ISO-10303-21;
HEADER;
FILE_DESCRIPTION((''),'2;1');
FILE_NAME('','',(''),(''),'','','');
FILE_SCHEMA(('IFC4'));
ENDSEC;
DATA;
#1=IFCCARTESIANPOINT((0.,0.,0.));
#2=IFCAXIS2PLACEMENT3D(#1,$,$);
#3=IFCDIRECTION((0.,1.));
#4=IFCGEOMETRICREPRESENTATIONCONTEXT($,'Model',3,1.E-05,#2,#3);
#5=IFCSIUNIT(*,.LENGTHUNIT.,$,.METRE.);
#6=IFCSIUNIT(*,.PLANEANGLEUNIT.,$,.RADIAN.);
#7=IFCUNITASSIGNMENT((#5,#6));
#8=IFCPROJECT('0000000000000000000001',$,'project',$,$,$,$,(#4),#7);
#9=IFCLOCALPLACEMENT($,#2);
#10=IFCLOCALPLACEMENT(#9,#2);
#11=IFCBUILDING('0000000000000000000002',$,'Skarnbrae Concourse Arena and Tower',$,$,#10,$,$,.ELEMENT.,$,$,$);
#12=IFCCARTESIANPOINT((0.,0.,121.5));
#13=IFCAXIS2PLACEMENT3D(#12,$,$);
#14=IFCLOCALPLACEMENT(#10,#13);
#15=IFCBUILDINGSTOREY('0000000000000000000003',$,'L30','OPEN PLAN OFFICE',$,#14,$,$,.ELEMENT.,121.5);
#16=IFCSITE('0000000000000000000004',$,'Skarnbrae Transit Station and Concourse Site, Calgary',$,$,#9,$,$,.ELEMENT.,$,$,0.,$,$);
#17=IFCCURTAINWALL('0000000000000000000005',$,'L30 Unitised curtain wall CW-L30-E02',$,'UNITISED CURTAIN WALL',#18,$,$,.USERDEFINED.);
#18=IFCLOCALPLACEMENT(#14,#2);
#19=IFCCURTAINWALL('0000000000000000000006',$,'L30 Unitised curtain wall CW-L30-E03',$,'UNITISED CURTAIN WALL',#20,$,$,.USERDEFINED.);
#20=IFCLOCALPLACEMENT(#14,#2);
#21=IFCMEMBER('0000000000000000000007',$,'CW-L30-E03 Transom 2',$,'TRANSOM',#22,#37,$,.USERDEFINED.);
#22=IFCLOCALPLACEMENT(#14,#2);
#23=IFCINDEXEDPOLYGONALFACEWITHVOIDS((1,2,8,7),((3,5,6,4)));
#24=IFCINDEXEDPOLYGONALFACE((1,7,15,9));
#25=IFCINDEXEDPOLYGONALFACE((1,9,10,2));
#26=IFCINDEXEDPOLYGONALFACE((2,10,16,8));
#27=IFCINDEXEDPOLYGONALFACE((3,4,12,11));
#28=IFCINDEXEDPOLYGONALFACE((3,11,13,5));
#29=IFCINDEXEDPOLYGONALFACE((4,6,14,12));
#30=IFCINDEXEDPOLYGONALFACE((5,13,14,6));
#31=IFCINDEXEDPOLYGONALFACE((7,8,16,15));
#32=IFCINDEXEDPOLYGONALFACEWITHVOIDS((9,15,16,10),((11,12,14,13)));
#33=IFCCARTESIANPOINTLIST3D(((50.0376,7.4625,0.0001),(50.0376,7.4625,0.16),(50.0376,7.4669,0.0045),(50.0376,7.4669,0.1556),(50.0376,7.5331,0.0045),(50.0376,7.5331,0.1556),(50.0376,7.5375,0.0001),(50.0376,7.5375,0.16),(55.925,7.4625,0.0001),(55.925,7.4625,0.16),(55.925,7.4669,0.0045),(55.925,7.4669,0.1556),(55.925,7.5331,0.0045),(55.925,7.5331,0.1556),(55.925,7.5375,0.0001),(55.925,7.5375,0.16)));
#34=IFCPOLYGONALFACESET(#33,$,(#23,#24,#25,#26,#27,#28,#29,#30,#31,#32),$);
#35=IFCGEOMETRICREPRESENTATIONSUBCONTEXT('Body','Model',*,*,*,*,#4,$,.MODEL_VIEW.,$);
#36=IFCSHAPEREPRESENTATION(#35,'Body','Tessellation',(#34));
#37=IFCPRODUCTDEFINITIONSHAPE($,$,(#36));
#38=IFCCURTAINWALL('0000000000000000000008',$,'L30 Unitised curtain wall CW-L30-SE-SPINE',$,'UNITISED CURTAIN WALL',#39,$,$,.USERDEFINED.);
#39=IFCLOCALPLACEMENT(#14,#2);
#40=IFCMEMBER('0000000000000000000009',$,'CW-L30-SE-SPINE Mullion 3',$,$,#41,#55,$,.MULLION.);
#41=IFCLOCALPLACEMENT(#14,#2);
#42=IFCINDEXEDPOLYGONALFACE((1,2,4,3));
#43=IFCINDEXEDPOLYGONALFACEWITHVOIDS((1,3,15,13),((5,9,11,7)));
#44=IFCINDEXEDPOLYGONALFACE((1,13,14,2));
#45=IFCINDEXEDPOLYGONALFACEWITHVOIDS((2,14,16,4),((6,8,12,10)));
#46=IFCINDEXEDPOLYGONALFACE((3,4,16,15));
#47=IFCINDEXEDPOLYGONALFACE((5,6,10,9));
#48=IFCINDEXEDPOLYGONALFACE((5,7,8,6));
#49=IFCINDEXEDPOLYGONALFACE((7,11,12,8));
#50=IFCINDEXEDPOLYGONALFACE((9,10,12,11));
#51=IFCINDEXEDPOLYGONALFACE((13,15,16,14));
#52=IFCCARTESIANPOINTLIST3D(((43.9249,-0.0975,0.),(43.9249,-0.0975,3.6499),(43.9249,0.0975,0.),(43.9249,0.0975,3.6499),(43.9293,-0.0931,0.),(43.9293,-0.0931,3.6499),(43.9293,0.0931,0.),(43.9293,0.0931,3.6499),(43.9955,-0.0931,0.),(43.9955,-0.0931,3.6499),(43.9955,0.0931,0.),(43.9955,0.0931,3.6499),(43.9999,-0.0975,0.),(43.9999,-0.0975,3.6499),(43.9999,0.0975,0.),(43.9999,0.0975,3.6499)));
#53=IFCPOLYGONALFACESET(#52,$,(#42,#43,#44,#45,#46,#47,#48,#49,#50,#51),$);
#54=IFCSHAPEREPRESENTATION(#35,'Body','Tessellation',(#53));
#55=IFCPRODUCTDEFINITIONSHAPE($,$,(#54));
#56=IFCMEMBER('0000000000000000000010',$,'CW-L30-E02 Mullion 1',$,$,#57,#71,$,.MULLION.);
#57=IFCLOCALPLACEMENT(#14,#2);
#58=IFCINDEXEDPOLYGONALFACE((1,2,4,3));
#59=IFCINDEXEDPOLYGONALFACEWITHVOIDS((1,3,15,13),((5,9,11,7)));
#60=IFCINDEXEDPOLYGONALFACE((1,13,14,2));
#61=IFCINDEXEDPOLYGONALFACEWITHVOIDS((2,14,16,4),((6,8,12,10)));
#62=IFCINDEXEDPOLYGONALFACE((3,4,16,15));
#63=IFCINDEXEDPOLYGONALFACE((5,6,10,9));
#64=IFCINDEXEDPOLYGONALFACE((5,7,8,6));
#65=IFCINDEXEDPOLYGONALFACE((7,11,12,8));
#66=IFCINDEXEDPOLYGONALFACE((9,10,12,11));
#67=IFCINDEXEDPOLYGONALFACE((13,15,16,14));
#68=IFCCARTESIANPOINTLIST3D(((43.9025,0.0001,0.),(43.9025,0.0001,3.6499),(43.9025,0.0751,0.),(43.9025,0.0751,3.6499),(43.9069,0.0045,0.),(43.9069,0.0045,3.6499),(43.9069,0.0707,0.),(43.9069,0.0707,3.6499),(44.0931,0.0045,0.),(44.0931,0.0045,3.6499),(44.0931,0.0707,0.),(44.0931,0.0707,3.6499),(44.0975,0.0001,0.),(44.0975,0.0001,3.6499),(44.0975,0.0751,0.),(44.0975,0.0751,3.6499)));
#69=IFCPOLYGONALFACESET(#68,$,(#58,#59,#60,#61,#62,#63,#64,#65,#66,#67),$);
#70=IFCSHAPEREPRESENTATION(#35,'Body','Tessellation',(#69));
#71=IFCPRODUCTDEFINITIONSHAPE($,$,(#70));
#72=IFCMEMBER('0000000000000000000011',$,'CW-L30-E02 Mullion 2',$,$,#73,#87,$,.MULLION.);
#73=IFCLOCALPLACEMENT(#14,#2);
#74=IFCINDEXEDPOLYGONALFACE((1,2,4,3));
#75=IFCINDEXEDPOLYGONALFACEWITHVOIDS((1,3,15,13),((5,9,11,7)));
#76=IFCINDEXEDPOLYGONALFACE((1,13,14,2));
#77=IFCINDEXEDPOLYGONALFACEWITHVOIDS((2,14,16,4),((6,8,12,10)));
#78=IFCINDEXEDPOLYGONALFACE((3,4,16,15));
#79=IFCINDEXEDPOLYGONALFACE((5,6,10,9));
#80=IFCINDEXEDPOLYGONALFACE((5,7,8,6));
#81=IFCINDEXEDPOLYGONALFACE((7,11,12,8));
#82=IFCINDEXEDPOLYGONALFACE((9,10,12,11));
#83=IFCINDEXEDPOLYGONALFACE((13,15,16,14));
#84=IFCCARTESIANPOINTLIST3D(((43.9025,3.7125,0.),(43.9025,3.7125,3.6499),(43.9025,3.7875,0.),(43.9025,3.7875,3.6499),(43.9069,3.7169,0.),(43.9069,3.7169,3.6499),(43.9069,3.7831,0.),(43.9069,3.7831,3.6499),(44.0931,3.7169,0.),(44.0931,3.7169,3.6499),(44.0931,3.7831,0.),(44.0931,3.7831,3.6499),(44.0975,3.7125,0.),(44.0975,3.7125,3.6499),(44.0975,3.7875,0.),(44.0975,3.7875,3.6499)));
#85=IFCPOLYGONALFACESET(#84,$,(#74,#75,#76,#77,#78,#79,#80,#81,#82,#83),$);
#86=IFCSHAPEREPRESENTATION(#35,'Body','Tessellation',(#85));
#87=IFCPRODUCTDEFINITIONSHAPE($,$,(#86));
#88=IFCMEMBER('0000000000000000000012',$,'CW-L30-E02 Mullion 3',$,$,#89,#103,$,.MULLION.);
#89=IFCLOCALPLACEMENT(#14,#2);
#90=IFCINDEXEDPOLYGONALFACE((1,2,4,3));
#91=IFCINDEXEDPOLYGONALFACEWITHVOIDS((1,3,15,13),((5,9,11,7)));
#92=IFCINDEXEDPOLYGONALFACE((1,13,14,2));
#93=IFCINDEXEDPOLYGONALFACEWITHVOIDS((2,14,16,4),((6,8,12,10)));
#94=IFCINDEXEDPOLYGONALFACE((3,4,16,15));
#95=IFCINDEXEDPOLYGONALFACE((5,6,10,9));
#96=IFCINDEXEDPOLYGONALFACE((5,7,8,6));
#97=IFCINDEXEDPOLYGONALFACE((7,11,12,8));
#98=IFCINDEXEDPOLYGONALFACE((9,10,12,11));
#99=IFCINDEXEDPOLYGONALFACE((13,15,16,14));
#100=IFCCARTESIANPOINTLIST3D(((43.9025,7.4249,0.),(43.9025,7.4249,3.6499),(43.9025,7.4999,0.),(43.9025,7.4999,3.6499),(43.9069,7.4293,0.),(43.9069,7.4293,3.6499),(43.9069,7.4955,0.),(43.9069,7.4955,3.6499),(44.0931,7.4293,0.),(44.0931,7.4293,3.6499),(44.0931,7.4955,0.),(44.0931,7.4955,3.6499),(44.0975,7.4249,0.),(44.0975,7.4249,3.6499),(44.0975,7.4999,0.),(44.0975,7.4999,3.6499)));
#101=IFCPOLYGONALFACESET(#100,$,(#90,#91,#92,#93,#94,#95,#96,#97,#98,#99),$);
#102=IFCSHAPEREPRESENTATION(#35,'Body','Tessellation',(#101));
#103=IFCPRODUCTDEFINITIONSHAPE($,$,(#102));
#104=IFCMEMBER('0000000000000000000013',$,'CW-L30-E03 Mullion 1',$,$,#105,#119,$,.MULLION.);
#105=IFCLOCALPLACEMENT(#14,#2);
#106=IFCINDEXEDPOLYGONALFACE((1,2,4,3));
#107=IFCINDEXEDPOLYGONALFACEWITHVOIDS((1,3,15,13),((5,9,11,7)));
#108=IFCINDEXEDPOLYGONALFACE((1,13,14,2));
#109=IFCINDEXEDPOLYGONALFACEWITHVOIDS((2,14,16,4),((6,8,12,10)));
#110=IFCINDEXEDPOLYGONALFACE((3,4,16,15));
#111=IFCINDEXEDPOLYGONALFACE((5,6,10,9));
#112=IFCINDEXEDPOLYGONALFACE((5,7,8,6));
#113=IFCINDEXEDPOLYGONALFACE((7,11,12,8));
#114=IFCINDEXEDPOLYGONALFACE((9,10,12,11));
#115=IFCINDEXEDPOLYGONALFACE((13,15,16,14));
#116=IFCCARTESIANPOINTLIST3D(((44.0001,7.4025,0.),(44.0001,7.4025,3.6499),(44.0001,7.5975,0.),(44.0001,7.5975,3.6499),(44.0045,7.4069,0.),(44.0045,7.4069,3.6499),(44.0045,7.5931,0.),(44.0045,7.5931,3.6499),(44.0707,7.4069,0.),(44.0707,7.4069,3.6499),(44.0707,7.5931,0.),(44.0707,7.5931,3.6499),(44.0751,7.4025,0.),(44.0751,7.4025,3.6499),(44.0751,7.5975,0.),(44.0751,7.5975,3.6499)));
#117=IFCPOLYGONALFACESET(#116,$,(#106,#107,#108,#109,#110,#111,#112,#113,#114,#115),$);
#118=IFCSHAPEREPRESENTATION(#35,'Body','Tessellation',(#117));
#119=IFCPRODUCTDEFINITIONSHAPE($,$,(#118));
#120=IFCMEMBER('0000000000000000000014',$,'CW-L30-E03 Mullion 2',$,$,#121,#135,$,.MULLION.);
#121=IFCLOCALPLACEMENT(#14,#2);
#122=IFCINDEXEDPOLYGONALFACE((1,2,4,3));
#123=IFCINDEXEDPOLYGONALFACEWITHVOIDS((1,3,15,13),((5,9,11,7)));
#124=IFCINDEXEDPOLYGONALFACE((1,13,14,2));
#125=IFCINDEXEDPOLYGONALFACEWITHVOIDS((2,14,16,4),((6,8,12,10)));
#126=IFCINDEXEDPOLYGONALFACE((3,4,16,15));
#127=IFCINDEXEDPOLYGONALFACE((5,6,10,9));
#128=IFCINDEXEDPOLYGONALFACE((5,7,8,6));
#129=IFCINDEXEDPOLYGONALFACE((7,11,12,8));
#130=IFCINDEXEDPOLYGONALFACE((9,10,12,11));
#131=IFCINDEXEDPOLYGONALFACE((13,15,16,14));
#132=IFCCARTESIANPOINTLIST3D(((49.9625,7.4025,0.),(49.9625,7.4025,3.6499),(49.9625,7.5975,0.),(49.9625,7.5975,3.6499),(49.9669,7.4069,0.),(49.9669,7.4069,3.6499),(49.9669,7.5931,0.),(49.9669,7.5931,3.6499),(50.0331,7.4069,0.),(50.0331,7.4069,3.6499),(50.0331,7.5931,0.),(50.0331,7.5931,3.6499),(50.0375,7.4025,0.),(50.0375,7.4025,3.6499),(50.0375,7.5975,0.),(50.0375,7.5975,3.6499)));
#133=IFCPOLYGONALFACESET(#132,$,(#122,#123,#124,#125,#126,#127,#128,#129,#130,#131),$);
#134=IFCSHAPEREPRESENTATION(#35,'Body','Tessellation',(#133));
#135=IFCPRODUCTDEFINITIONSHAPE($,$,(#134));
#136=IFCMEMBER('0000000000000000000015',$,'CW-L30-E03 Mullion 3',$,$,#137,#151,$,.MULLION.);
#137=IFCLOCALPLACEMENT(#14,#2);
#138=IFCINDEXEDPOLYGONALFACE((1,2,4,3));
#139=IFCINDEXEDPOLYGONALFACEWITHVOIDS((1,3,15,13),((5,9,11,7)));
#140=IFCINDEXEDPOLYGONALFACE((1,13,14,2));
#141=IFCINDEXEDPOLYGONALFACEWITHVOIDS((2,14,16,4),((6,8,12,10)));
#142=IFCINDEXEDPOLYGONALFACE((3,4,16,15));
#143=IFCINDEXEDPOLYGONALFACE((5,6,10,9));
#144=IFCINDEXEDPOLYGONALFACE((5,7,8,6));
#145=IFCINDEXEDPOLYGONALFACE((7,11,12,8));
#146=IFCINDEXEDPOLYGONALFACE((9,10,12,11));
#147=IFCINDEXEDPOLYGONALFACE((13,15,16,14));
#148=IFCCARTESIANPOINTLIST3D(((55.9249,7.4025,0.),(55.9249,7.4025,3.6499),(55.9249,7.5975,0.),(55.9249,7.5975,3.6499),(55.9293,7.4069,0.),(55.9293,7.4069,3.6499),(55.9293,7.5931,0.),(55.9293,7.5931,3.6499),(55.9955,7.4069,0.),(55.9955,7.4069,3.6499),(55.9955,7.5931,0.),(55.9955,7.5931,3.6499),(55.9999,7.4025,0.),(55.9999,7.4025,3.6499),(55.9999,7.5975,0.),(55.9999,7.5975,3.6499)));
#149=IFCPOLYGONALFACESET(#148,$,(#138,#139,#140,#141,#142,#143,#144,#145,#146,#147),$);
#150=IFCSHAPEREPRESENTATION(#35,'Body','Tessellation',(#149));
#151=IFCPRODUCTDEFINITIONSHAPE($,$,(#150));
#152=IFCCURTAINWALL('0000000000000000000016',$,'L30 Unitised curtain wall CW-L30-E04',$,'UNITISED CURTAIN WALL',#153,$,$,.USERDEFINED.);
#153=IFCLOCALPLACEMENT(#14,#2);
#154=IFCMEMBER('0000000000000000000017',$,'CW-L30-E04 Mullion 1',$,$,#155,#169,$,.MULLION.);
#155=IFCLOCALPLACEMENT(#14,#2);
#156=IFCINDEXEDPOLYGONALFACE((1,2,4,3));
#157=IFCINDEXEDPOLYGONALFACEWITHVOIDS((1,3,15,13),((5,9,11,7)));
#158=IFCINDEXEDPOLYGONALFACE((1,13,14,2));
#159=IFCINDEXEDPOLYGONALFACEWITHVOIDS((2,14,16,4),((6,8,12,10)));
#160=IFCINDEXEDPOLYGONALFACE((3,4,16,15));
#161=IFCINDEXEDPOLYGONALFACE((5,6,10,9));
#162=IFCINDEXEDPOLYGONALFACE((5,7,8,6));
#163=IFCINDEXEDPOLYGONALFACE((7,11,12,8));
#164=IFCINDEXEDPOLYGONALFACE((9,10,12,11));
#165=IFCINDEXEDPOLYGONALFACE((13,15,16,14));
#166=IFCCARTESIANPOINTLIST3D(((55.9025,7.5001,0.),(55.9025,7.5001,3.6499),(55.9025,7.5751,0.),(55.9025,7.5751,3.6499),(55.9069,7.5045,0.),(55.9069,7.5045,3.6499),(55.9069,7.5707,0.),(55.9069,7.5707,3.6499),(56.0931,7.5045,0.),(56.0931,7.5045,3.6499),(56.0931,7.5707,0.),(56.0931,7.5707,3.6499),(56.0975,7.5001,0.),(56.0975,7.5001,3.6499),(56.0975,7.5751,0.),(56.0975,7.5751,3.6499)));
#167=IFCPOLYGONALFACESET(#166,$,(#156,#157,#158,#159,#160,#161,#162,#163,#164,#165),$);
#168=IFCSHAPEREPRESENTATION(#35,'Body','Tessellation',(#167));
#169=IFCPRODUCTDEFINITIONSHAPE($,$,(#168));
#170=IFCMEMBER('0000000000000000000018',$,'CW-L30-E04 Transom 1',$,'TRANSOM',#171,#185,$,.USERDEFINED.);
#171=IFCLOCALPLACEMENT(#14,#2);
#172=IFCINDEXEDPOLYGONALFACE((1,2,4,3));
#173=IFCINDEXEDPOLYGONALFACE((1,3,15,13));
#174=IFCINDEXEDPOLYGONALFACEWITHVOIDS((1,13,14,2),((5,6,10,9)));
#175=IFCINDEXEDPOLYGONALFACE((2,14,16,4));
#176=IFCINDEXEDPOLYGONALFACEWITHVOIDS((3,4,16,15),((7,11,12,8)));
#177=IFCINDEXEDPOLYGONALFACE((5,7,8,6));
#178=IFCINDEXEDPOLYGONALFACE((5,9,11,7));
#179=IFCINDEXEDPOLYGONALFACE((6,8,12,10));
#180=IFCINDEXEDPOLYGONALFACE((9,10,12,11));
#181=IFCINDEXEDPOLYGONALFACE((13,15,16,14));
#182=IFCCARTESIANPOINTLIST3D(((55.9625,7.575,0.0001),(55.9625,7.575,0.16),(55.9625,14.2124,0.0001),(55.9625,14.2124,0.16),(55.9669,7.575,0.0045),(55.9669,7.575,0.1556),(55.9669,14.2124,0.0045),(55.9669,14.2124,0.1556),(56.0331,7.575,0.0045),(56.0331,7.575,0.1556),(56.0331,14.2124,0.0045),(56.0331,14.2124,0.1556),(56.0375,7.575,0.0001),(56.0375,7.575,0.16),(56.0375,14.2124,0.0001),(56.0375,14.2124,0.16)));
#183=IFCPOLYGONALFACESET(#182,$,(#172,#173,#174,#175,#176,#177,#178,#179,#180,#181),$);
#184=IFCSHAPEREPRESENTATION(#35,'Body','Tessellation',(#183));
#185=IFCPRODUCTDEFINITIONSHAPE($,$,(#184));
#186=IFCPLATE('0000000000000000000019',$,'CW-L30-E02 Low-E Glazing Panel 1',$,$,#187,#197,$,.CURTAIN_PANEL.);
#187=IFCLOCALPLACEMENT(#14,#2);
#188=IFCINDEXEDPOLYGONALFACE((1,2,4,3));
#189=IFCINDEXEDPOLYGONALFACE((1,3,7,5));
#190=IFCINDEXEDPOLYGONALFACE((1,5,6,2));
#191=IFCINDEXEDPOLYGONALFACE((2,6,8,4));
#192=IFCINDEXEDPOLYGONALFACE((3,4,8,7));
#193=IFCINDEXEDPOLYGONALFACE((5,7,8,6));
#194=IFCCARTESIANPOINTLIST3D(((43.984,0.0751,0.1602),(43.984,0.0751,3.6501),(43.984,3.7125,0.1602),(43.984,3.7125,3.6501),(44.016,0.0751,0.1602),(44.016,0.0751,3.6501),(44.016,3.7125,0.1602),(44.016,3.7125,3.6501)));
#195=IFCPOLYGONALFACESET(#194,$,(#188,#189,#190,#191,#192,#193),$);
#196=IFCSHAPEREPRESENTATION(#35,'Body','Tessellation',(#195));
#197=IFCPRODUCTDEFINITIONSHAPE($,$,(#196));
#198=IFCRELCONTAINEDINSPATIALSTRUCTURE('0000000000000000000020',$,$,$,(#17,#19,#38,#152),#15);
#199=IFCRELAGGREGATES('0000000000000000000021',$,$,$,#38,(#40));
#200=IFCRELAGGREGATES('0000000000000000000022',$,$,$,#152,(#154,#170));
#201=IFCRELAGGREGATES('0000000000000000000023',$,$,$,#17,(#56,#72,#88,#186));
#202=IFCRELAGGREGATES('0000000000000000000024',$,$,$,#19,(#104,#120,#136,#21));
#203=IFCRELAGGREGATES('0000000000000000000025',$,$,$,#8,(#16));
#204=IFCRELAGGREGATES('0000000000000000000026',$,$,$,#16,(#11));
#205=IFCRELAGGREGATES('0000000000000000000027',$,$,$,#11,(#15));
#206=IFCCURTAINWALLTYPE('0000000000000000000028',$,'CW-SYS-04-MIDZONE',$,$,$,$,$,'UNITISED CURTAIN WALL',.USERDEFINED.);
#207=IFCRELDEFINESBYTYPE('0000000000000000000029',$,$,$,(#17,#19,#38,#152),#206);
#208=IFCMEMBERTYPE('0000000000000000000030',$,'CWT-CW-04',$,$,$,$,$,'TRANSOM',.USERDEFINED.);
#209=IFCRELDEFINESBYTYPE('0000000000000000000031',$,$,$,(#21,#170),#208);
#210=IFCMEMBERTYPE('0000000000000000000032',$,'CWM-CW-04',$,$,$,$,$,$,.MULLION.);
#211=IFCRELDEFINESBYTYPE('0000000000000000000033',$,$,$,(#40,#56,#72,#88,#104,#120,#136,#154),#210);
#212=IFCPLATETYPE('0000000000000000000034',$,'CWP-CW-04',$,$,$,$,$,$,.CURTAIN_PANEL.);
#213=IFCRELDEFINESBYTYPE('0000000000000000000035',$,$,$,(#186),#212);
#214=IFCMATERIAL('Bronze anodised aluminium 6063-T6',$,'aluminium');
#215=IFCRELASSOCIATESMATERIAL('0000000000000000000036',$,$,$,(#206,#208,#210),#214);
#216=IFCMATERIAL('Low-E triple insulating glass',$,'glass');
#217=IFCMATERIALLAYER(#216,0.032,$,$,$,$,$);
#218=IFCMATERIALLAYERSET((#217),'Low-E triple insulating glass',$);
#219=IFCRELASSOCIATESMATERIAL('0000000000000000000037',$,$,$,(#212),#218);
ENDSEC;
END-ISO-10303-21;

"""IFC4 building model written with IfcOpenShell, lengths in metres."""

from ifc_helpers import new_model, si_unit, direction, frame, origin, origin_2d, place, context, subcontext, project, spatial, rectangle, hollow_rectangle, extrude, source, transform, mapped, material, layer, layer_set, material_profile, profile_set, type_object, element, aggregate, save


model = new_model("IFC4")

# Units and contexts
model_context = context("Model", 3, precision=1e-05, world=origin(), true_north=direction((0.0, 1.0)))
body_context = subcontext(model_context, "Body", "Model", "MODEL_VIEW")
ifc_project = project(units=[si_unit("LENGTHUNIT", "METRE"), si_unit("PLANEANGLEUNIT", "RADIAN")], contexts=[model_context])

# Site, building, storey
site_placement = place(None, origin())
site = spatial("IfcSite", under=ifc_project, at=site_placement, Name="Skarnbrae Transit Station and Concourse Site, Calgary", CompositionType="ELEMENT", RefElevation=0.0)
building_placement = place(site_placement, origin())
building = spatial("IfcBuilding", under=site, at=building_placement, Name="Skarnbrae Concourse Arena and Tower", CompositionType="ELEMENT")
storey_placement = place(building_placement, frame((0.0, 0.0, 121.5)))
storey = spatial("IfcBuildingStorey", under=building, at=storey_placement, Name="L30", Description="OPEN PLAN OFFICE", CompositionType="ELEMENT", Elevation=121.5)

# Curtain walls, member
ifc_material_1 = material(Name="Bronze anodised aluminium 6063-T6", Category="aluminium")
curtain_wall_type = type_object("IfcCurtainWallType", Name="CW-SYS-04-MIDZONE", ElementType="UNITISED CURTAIN WALL", PredefinedType="USERDEFINED", material=ifc_material_1)
curtain_wall_1_placement = place(storey_placement, origin())
curtain_wall_1 = element("IfcCurtainWall", 1, at=curtain_wall_1_placement, inside=storey, type_object=curtain_wall_type, Name="L30 Unitised curtain wall CW-L30-E02", ObjectType="UNITISED CURTAIN WALL", PredefinedType="USERDEFINED")
ifc_material_profile_1 = material_profile(ifc_material_1, hollow_rectangle(XDim=0.075, YDim=0.1599, WallThickness=0.0044, at=origin_2d()), Name="ALU-TRAN-75X160")
ifc_profile_set_1 = profile_set([ifc_material_profile_1], Name="Bronze anodised aluminium 6063-T6")
member_type_1 = type_object("IfcMemberType", Name="CWT-CW-04", ElementType="TRANSOM", PredefinedType="USERDEFINED", material=ifc_profile_set_1)
curtain_wall_2_placement = place(storey_placement, origin())
curtain_wall_2 = element("IfcCurtainWall", 2, at=curtain_wall_2_placement, inside=storey, type_object=curtain_wall_type, Name="L30 Unitised curtain wall CW-L30-E03", ObjectType="UNITISED CURTAIN WALL", PredefinedType="USERDEFINED")
shared_shape_1 = source(origin(), body_context, "Body", "SweptSolid", [
    extrude(hollow_rectangle(XDim=0.075, YDim=0.1599, WallThickness=0.0044, at=origin_2d()), origin(), (0.0, 0.0, 1.0), 5.8875),
])
member_1_placement = place(storey_placement, frame((50.0376, 7.5, 0.0801), z_axis=(1.0, 0.0, 0.0), x_axis=(0.0, 1.0, 0.0)))
member_1 = element("IfcMember", 3, at=member_1_placement, type_object=member_type_1, Name="CW-L30-E03 Transom 2", ObjectType="TRANSOM", PredefinedType="USERDEFINED", context=body_context, shape_type="MappedRepresentation", body=[
    mapped(shared_shape_1, transform((0.0, 0.0, 0.0))),
])

# Curtain wall, member
curtain_wall_3_placement = place(storey_placement, origin())
curtain_wall_3 = element("IfcCurtainWall", 4, at=curtain_wall_3_placement, inside=storey, type_object=curtain_wall_type, Name="L30 Unitised curtain wall CW-L30-SE-SPINE", ObjectType="UNITISED CURTAIN WALL", PredefinedType="USERDEFINED")
ifc_material_profile_2 = material_profile(ifc_material_1, hollow_rectangle(XDim=0.075, YDim=0.1951, WallThickness=0.0044, at=origin_2d()), Name="ALU-MULL-75X195")
ifc_profile_set_2 = profile_set([ifc_material_profile_2], Name="Bronze anodised aluminium 6063-T6")
member_type_2 = type_object("IfcMemberType", Name="CWM-CW-04", PredefinedType="MULLION", material=ifc_profile_set_2)
shared_shape_2 = source(origin(), body_context, "Body", "SweptSolid", [
    extrude(hollow_rectangle(XDim=0.075, YDim=0.1951, WallThickness=0.0044, at=origin_2d()), origin(), (0.0, 0.0, 1.0), 3.6499),
])
member_2_placement = place(storey_placement, frame((43.9624, 0.0, 0.0), z_axis=(0.0, 0.0, 1.0), x_axis=(1.0, 0.0, 0.0)))
member_2 = element("IfcMember", 5, at=member_2_placement, type_object=member_type_2, Name="CW-L30-SE-SPINE Mullion 3", PredefinedType="MULLION", context=body_context, shape_type="MappedRepresentation", body=[
    mapped(shared_shape_2, transform((0.0, 0.0, 0.0))),
])
aggregate(curtain_wall_3, [member_2])

# Members
member_3_placement = place(storey_placement, frame((44.0, 0.0376, 0.0), z_axis=(0.0, 0.0, 1.0), x_axis=(0.0, 1.0, 0.0)))
member_3 = element("IfcMember", 6, at=member_3_placement, type_object=member_type_2, Name="CW-L30-E02 Mullion 1", PredefinedType="MULLION", context=body_context, shape_type="MappedRepresentation", body=[
    mapped(shared_shape_2, transform((0.0, 0.0, 0.0))),
])
member_4_placement = place(storey_placement, frame((44.0, 3.75, 0.0), z_axis=(0.0, 0.0, 1.0), x_axis=(0.0, 1.0, 0.0)))
member_4 = element("IfcMember", 7, at=member_4_placement, type_object=member_type_2, Name="CW-L30-E02 Mullion 2", PredefinedType="MULLION", context=body_context, shape_type="MappedRepresentation", body=[
    mapped(shared_shape_2, transform((0.0, 0.0, 0.0))),
])
member_5_placement = place(storey_placement, frame((44.0, 7.4624, 0.0), z_axis=(0.0, 0.0, 1.0), x_axis=(0.0, 1.0, 0.0)))
member_5 = element("IfcMember", 8, at=member_5_placement, type_object=member_type_2, Name="CW-L30-E02 Mullion 3", PredefinedType="MULLION", context=body_context, shape_type="MappedRepresentation", body=[
    mapped(shared_shape_2, transform((0.0, 0.0, 0.0))),
])
member_6_placement = place(storey_placement, frame((44.0376, 7.5, 0.0), z_axis=(0.0, 0.0, 1.0), x_axis=(1.0, 0.0, 0.0)))
member_6 = element("IfcMember", 9, at=member_6_placement, type_object=member_type_2, Name="CW-L30-E03 Mullion 1", PredefinedType="MULLION", context=body_context, shape_type="MappedRepresentation", body=[
    mapped(shared_shape_2, transform((0.0, 0.0, 0.0))),
])
member_7_placement = place(storey_placement, frame((50.0, 7.5, 0.0), z_axis=(0.0, 0.0, 1.0), x_axis=(1.0, 0.0, 0.0)))
member_7 = element("IfcMember", 10, at=member_7_placement, type_object=member_type_2, Name="CW-L30-E03 Mullion 2", PredefinedType="MULLION", context=body_context, shape_type="MappedRepresentation", body=[
    mapped(shared_shape_2, transform((0.0, 0.0, 0.0))),
])
member_8_placement = place(storey_placement, frame((55.9624, 7.5, 0.0), z_axis=(0.0, 0.0, 1.0), x_axis=(1.0, 0.0, 0.0)))
member_8 = element("IfcMember", 11, at=member_8_placement, type_object=member_type_2, Name="CW-L30-E03 Mullion 3", PredefinedType="MULLION", context=body_context, shape_type="MappedRepresentation", body=[
    mapped(shared_shape_2, transform((0.0, 0.0, 0.0))),
])

# Curtain wall, members
curtain_wall_4_placement = place(storey_placement, origin())
curtain_wall_4 = element("IfcCurtainWall", 12, at=curtain_wall_4_placement, inside=storey, type_object=curtain_wall_type, Name="L30 Unitised curtain wall CW-L30-E04", ObjectType="UNITISED CURTAIN WALL", PredefinedType="USERDEFINED")
member_9_placement = place(storey_placement, frame((56.0, 7.5376, 0.0), z_axis=(0.0, 0.0, 1.0), x_axis=(0.0, 1.0, 0.0)))
member_9 = element("IfcMember", 13, at=member_9_placement, type_object=member_type_2, Name="CW-L30-E04 Mullion 1", PredefinedType="MULLION", context=body_context, shape_type="MappedRepresentation", body=[
    mapped(shared_shape_2, transform((0.0, 0.0, 0.0))),
])
shared_shape_3 = source(origin(), body_context, "Body", "SweptSolid", [
    extrude(hollow_rectangle(XDim=0.075, YDim=0.1599, WallThickness=0.0044, at=origin_2d()), origin(), (0.0, 0.0, 1.0), 6.6375),
])
member_10_placement = place(storey_placement, frame((56.0, 7.575, 0.0801), z_axis=(0.0, 1.0, 0.0), x_axis=(-1.0, 0.0, 0.0)))
member_10 = element("IfcMember", 14, at=member_10_placement, type_object=member_type_1, Name="CW-L30-E04 Transom 1", ObjectType="TRANSOM", PredefinedType="USERDEFINED", context=body_context, shape_type="MappedRepresentation", body=[
    mapped(shared_shape_3, transform((0.0, 0.0, 0.0))),
])
aggregate(curtain_wall_4, [member_9, member_10])

# Plate
ifc_material_2 = material(Name="Low-E triple insulating glass", Category="glass")
ifc_layer = layer(ifc_material_2, 0.032)
ifc_layer_set = layer_set([ifc_layer], Name="Low-E triple insulating glass")
plate_type = type_object("IfcPlateType", Name="CWP-CW-04", PredefinedType="CURTAIN_PANEL", material=ifc_layer_set)
shared_shape_4 = source(origin(), body_context, "Body", "SweptSolid", [
    extrude(rectangle(XDim=3.6375, YDim=0.032, at=origin_2d()), origin(), (0.0, 0.0, 1.0), 3.49),
])
plate_1_placement = place(storey_placement, frame((44.0, 1.8938, 0.1602), z_axis=(0.0, 0.0, 1.0), x_axis=(0.0, 1.0, 0.0)))
plate_1 = element("IfcPlate", 15, at=plate_1_placement, type_object=plate_type, Name="CW-L30-E02 Low-E Glazing Panel 1", PredefinedType="CURTAIN_PANEL", context=body_context, shape_type="MappedRepresentation", body=[
    mapped(shared_shape_4, transform((0.0, 0.0, 0.0))),
])
aggregate(curtain_wall_1, [member_3, member_4, member_5, plate_1])
aggregate(curtain_wall_2, [member_6, member_7, member_8, member_1])

save(model, "model.ifc")
